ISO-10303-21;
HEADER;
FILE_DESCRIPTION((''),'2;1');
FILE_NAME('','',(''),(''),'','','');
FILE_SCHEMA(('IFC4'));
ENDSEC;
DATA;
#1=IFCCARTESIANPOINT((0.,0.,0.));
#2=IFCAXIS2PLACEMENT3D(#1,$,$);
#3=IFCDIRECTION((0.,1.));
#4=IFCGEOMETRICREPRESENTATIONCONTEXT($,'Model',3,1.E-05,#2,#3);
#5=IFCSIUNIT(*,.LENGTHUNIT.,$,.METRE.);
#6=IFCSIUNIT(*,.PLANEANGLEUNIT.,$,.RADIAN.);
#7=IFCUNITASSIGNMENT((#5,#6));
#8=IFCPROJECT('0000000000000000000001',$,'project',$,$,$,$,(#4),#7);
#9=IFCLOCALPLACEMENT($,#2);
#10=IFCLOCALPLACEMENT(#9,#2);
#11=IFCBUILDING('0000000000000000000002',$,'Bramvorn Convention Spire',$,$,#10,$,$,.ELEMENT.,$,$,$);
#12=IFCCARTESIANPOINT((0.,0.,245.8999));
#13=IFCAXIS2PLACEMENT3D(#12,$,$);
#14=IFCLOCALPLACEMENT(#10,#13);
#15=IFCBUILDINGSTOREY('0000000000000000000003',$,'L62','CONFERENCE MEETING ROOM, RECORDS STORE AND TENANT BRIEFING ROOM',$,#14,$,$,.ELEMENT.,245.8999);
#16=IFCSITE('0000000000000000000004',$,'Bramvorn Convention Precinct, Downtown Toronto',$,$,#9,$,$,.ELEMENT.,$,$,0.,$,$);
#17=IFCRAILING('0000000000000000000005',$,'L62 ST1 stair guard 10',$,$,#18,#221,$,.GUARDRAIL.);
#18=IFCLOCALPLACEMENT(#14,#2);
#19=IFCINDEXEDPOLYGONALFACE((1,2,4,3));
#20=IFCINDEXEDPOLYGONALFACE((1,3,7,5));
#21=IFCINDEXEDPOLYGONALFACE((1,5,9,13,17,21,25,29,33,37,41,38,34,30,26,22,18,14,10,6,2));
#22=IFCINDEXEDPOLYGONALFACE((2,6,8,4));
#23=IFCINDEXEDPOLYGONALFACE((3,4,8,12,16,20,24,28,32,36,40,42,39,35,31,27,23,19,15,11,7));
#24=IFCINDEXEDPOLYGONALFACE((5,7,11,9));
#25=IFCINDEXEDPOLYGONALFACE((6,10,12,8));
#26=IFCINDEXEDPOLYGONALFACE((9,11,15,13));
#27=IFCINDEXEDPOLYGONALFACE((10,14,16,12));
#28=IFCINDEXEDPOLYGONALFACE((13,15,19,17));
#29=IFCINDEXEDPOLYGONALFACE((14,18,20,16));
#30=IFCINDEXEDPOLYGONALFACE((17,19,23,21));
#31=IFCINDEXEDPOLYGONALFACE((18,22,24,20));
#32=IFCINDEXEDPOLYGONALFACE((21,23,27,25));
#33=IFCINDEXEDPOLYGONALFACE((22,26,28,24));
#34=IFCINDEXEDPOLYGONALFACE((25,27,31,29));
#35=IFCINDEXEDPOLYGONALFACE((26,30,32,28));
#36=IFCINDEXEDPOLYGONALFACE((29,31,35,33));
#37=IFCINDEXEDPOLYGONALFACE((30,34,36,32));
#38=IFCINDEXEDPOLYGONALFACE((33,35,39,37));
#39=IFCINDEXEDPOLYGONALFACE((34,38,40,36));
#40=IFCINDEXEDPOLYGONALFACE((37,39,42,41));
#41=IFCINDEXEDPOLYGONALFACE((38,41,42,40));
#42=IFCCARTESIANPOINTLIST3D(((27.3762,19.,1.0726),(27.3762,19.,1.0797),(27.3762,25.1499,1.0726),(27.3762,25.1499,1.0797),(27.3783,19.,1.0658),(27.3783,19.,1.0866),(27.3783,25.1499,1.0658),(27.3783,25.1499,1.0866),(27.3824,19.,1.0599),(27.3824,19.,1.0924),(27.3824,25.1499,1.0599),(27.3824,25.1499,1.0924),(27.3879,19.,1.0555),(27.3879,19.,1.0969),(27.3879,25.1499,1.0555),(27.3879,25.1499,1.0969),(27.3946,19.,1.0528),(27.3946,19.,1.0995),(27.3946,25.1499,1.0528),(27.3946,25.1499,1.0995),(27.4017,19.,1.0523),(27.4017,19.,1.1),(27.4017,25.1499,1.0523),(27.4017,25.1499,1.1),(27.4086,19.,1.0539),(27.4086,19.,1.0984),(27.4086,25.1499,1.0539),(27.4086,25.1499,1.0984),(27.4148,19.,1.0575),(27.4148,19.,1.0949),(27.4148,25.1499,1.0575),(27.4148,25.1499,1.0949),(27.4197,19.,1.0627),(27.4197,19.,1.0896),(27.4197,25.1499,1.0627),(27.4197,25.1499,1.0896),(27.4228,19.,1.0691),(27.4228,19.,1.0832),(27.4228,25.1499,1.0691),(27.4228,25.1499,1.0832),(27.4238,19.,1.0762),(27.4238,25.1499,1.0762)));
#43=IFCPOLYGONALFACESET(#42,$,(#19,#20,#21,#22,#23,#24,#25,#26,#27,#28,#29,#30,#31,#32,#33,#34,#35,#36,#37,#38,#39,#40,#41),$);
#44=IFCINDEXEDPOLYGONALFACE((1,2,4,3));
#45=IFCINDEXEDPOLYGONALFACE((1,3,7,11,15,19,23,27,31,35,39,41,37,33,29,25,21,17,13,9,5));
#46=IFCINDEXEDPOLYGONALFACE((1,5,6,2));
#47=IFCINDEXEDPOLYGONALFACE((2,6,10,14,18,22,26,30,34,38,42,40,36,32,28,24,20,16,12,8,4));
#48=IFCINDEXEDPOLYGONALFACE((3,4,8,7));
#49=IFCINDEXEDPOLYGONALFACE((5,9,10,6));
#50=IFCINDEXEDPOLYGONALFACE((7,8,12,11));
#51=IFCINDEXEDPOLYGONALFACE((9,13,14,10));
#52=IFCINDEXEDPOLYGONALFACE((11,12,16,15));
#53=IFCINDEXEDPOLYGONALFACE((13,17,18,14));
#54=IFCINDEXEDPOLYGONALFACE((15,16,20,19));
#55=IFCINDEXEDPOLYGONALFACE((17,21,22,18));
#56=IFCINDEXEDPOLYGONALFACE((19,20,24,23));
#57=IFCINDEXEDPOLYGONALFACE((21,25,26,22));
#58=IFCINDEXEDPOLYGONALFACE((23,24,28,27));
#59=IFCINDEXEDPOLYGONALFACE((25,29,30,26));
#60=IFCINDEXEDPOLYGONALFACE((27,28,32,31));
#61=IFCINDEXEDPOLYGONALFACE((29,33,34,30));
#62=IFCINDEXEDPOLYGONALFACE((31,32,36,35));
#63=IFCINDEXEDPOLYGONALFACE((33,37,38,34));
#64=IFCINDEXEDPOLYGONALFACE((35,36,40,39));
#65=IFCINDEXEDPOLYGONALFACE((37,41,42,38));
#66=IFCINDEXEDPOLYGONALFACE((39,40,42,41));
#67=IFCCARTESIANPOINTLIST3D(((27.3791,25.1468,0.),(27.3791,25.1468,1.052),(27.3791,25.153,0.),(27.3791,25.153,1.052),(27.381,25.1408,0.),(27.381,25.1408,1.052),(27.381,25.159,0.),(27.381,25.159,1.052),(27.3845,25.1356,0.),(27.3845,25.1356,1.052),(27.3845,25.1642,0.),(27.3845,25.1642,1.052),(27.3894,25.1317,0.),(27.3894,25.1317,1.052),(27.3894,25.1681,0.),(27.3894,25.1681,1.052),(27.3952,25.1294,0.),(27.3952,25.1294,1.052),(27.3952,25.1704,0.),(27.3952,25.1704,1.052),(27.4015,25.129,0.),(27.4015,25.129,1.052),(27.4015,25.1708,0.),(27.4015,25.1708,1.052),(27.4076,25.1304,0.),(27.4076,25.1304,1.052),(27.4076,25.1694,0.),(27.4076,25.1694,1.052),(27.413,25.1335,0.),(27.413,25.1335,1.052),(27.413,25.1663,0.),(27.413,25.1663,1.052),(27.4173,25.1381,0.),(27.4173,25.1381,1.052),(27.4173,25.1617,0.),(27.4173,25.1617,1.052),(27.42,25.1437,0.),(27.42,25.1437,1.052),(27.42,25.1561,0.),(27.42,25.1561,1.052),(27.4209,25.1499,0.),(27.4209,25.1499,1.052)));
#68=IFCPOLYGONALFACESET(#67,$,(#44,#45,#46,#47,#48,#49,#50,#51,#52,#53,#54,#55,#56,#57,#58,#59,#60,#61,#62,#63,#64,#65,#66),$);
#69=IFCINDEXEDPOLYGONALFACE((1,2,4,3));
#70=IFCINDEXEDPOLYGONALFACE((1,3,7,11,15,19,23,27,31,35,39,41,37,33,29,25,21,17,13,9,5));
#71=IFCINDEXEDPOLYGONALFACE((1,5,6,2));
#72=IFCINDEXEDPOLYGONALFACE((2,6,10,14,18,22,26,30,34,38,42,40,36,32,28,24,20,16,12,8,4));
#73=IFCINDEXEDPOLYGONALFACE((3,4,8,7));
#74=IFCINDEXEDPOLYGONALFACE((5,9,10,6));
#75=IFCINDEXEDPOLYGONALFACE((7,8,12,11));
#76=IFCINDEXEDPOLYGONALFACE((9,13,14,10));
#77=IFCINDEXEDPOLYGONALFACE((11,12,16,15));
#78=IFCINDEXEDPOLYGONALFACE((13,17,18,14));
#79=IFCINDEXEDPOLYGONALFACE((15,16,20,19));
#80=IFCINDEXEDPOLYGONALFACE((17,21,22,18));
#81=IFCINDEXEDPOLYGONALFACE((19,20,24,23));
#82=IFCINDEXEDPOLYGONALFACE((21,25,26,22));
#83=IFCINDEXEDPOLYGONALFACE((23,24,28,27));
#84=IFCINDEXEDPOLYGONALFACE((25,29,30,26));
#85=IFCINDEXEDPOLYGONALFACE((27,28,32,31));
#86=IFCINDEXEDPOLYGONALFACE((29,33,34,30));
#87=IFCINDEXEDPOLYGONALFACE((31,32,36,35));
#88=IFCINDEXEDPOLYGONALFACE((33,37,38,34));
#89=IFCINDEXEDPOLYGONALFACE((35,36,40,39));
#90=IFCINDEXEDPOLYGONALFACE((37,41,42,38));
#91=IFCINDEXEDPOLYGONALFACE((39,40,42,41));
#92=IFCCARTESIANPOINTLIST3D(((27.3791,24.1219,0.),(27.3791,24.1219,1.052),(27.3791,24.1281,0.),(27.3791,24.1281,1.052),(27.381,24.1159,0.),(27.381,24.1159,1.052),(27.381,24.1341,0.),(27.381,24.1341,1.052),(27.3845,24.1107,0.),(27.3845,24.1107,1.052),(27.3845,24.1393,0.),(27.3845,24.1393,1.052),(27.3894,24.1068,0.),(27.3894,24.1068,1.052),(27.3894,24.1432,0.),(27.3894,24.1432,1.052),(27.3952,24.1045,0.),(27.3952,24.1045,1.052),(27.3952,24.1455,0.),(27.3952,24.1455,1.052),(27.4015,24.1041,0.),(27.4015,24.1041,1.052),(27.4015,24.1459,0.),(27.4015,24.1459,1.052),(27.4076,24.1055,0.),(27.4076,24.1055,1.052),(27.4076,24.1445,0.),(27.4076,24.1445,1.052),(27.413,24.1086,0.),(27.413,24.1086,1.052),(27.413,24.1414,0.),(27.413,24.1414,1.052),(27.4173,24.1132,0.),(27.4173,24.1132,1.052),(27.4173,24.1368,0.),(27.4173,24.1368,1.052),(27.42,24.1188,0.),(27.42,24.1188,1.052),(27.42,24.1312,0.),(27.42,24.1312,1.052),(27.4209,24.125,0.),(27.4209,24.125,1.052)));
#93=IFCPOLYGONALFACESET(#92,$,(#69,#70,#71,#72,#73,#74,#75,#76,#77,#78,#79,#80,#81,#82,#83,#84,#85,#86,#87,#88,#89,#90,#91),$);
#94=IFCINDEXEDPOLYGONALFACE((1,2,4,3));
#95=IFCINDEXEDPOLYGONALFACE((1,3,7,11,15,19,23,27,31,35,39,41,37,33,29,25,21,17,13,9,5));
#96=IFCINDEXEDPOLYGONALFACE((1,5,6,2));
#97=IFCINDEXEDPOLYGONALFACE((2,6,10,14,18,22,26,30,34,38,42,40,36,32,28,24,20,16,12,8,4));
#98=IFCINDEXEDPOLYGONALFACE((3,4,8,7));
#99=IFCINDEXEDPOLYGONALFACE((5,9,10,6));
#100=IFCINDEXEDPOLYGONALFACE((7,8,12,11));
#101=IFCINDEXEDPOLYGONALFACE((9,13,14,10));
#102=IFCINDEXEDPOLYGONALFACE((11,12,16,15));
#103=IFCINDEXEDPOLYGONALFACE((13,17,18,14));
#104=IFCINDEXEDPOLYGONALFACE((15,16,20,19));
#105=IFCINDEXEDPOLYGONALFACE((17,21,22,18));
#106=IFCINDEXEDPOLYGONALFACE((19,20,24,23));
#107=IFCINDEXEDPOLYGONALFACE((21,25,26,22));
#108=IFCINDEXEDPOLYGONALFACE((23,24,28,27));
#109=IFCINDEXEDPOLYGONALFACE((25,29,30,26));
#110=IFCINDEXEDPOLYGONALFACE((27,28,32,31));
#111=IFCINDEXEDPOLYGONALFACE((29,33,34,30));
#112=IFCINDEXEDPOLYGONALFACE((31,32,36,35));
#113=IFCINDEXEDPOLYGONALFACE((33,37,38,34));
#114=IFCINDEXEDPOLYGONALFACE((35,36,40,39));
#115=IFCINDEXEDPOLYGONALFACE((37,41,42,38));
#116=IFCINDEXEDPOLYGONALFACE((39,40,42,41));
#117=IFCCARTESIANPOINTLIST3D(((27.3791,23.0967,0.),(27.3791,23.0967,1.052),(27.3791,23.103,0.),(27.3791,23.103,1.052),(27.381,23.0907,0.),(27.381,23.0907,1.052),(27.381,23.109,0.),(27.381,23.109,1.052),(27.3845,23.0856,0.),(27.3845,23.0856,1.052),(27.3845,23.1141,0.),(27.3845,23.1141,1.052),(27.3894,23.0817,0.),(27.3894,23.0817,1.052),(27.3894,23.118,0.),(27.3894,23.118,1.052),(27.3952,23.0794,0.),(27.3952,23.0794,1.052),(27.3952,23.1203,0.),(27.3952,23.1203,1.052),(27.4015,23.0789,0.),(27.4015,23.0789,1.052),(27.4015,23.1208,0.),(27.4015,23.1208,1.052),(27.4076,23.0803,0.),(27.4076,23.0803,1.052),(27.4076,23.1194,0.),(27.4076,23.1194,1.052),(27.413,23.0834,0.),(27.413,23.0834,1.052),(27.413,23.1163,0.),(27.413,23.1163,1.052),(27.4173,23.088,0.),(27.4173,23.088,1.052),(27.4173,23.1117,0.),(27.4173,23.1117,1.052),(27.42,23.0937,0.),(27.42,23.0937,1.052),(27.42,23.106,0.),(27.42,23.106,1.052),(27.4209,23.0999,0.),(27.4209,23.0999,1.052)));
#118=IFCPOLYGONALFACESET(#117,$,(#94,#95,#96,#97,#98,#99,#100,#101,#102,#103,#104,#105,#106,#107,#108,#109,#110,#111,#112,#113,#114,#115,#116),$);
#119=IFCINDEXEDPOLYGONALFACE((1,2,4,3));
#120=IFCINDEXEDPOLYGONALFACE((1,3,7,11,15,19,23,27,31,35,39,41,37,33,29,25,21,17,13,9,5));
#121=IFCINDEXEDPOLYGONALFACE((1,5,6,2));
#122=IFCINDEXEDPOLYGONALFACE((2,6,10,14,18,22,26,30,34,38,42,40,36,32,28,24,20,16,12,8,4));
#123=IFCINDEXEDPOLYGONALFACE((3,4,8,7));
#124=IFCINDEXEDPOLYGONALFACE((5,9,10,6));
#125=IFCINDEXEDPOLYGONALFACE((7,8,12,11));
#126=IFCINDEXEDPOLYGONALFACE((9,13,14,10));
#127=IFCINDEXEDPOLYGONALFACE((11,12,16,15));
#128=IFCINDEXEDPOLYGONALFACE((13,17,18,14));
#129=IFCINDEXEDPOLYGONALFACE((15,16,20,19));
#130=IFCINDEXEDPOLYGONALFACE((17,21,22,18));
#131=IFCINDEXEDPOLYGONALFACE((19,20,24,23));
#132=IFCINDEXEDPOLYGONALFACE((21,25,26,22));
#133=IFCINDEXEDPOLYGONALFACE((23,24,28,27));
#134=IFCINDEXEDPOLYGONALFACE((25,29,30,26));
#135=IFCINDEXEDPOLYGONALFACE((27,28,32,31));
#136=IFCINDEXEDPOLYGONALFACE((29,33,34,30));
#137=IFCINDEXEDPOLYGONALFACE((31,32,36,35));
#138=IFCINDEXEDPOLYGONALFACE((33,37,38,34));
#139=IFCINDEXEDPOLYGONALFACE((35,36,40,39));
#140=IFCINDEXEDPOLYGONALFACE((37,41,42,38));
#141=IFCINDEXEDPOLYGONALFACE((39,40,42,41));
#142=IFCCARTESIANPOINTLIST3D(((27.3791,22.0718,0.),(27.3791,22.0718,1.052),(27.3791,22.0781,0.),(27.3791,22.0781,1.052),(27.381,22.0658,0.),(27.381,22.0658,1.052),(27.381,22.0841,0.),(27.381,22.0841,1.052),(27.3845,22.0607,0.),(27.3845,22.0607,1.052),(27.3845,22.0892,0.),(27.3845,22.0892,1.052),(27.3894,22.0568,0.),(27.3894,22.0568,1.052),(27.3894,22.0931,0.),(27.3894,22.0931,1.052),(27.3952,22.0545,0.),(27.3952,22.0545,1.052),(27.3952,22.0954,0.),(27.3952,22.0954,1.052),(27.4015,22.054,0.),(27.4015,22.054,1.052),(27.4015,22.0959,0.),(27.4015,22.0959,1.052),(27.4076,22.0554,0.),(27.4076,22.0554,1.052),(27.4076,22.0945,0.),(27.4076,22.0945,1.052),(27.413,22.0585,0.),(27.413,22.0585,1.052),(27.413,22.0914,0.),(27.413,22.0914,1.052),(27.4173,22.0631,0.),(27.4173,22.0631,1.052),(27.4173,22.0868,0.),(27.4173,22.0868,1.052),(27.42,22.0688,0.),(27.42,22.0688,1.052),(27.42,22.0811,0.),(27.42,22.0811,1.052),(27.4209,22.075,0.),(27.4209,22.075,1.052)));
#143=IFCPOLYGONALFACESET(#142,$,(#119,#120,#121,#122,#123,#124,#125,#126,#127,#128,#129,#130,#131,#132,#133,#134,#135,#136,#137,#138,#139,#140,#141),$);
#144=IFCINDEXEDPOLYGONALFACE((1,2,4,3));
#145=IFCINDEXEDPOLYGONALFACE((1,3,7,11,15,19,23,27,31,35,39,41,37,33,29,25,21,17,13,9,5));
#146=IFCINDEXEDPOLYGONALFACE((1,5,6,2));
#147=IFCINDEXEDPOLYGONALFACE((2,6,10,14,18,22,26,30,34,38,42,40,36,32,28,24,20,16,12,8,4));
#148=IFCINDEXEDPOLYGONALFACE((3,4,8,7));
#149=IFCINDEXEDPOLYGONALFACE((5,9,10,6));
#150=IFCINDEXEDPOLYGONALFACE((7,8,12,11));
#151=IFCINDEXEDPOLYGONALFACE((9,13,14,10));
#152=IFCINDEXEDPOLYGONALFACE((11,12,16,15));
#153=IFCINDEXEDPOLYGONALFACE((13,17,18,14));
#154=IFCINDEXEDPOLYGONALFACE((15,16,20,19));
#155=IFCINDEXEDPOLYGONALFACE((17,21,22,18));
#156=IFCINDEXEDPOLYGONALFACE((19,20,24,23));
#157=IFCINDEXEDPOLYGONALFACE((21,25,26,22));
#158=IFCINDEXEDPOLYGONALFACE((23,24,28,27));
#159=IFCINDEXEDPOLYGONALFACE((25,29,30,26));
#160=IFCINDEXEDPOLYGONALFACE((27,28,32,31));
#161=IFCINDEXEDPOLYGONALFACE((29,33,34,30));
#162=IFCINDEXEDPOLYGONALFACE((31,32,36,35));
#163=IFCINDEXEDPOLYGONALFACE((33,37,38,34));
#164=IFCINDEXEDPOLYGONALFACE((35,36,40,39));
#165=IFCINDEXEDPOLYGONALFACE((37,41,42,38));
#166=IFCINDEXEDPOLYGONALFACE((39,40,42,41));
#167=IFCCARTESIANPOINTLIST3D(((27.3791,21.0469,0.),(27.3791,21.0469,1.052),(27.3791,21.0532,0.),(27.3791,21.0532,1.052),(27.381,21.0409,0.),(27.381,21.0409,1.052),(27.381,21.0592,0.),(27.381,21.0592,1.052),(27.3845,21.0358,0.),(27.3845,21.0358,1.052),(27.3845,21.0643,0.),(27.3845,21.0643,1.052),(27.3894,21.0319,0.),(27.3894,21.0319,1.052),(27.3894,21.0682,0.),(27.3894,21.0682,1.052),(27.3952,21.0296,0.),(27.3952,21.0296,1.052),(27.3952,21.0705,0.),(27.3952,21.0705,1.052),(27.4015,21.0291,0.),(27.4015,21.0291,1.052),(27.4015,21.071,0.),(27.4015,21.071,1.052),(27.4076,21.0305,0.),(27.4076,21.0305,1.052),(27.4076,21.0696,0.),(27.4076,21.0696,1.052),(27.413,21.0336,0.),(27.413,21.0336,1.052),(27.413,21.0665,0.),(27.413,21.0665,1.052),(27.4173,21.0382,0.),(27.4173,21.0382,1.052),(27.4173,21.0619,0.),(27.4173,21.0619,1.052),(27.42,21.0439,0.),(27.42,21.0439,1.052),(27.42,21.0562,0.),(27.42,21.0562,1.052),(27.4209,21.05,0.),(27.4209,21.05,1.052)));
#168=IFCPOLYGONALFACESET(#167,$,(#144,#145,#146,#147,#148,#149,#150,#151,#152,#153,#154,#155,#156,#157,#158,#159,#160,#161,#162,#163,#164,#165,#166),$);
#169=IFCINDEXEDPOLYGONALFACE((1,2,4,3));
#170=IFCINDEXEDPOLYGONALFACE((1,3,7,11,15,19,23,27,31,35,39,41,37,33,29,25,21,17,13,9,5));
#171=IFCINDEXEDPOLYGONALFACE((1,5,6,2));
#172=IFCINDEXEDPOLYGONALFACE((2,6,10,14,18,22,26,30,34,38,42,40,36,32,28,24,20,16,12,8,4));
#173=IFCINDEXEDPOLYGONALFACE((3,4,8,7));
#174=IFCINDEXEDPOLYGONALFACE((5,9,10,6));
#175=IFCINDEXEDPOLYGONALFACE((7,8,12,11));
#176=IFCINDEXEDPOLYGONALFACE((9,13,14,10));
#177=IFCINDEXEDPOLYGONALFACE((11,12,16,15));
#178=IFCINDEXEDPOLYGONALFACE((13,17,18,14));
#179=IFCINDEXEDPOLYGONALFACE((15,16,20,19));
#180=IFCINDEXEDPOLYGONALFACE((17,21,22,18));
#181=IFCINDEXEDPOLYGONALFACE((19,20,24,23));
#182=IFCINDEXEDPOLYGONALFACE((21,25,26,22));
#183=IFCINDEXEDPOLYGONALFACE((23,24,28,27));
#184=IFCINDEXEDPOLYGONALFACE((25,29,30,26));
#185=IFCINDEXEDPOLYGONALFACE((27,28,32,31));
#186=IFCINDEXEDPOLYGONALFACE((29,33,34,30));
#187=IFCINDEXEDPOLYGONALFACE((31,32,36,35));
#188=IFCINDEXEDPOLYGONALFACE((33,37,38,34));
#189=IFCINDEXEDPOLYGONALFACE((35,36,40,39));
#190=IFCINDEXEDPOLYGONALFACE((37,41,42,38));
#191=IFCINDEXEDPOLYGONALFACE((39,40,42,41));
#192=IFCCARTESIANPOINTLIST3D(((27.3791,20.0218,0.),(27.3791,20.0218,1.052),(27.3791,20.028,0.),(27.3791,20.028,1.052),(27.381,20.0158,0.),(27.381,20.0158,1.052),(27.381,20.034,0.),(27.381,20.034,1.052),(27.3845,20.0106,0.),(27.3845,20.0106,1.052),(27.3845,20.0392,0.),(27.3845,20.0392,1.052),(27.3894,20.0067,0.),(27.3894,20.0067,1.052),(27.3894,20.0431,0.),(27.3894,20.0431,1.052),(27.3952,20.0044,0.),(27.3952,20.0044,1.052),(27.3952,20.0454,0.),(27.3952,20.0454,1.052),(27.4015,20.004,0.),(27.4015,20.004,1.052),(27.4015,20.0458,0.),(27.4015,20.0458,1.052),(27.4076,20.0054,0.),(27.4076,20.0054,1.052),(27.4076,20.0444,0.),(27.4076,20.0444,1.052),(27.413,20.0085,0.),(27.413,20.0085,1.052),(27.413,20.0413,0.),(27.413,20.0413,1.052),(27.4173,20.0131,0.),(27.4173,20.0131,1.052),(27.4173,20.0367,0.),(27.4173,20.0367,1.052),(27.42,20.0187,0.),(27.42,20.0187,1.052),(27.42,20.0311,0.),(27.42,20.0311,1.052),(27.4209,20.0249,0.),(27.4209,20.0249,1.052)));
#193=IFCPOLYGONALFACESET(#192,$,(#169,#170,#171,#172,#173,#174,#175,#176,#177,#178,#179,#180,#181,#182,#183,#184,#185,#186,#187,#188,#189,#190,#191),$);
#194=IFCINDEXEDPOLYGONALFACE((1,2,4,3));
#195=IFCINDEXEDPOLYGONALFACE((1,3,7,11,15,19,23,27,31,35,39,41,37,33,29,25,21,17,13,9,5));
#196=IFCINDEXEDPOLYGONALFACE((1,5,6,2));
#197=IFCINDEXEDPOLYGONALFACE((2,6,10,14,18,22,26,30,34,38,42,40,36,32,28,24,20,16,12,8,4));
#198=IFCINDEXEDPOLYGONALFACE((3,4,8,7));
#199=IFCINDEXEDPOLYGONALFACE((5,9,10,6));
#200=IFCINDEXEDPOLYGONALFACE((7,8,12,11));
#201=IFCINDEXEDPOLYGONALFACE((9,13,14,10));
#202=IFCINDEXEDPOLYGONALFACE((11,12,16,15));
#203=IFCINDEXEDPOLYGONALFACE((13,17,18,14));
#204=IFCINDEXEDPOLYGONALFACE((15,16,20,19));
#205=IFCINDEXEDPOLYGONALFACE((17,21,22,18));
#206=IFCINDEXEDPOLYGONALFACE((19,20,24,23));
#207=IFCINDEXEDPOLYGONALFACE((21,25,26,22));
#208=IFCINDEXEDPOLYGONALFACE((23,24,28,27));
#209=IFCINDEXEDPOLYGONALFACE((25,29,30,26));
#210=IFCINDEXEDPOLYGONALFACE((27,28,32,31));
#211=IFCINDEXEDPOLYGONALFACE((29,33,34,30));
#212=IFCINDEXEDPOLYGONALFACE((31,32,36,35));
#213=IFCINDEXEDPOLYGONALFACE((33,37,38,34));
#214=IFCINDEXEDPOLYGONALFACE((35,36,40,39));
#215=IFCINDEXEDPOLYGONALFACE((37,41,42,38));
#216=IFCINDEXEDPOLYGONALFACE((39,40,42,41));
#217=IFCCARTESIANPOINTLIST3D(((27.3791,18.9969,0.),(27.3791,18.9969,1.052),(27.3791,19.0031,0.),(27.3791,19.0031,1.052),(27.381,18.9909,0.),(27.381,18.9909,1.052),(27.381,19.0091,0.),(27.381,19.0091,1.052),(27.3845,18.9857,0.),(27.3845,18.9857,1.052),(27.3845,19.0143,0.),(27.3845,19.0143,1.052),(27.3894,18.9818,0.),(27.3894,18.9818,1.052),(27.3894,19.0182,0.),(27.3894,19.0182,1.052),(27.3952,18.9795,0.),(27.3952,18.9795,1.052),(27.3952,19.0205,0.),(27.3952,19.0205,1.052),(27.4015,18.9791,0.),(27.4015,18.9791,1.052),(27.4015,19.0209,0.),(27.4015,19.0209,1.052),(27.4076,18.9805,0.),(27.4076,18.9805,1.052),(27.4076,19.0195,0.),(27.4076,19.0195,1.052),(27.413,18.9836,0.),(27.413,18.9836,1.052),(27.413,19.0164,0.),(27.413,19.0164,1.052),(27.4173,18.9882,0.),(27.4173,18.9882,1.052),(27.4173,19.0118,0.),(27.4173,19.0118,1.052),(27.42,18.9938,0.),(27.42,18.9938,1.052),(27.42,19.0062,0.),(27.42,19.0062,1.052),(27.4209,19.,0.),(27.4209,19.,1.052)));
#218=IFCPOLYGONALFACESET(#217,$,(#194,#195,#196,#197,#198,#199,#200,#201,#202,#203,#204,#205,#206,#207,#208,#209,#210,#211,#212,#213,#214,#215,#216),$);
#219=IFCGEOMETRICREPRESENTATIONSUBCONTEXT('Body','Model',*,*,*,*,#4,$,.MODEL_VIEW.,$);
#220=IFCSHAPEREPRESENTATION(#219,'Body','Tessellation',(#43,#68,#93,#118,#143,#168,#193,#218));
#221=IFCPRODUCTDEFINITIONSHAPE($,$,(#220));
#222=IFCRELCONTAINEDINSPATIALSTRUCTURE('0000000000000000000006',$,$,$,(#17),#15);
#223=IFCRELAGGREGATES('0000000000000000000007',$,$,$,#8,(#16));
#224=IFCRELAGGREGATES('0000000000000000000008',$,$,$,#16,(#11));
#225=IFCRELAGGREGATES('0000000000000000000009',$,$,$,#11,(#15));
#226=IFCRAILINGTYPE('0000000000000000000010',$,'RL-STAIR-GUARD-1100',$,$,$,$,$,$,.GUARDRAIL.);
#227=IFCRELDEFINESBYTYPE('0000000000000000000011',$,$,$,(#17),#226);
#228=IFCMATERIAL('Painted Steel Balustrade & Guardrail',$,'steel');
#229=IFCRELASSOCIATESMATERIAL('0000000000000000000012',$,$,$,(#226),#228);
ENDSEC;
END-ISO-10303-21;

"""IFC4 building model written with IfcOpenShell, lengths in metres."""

from ifc_helpers import new_model, si_unit, direction, frame, origin, origin_2d, place, context, subcontext, project, spatial, circle, extrude, material, type_object, element, save


model = new_model("IFC4")

# Units and contexts
model_context = context("Model", 3, precision=1e-05, world=origin(), true_north=direction((0.0, 1.0)))
body_context = subcontext(model_context, "Body", "Model", "MODEL_VIEW")
ifc_project = project(units=[si_unit("LENGTHUNIT", "METRE"), si_unit("PLANEANGLEUNIT", "RADIAN")], contexts=[model_context])

# Site, building, storey
site_placement = place(None, origin())
site = spatial("IfcSite", under=ifc_project, at=site_placement, Name="Bramvorn Convention Precinct, Downtown Toronto", CompositionType="ELEMENT", RefElevation=0.0)
building_placement = place(site_placement, origin())
building = spatial("IfcBuilding", under=site, at=building_placement, Name="Bramvorn Convention Spire", CompositionType="ELEMENT")
storey_placement = place(building_placement, frame((0.0, 0.0, 245.8999)))
storey = spatial("IfcBuildingStorey", under=building, at=storey_placement, Name="L62", Description="CONFERENCE MEETING ROOM, RECORDS STORE AND TENANT BRIEFING ROOM", CompositionType="ELEMENT", Elevation=245.8999)

# Railing
ifc_material_1 = material(Name="Painted Steel Balustrade & Guardrail", Category="steel")
railing_type_1 = type_object("IfcRailingType", Name="RL-STAIR-GUARD-1100", PredefinedType="GUARDRAIL", material=ifc_material_1)
railing_1_placement = place(storey_placement, frame((27.3999, 25.1499, 0.0)))
element("IfcRailing", 1, at=railing_1_placement, inside=storey, type_object=railing_type_1, Name="L62 ST1 stair guard 10", PredefinedType="GUARDRAIL", context=body_context, shape_type="SweptSolid", body=[
    extrude(circle(Radius=0.0239, at=origin_2d()), frame((0.0, 0.0, 1.0762), z_axis=(0.0, -1.0, 0.0), x_axis=(1.0, 0.0, 0.0)), (0.0, 0.0, 1.0), 6.1499),
    extrude(circle(Radius=0.021, at=origin_2d()), origin(), (0.0, 0.0, 1.0), 1.052),
    extrude(circle(Radius=0.021, at=origin_2d()), frame((0.0, -1.0249, 0.0)), (0.0, 0.0, 1.0), 1.052),
    extrude(circle(Radius=0.021, at=origin_2d()), frame((0.0, -2.05, 0.0)), (0.0, 0.0, 1.0), 1.052),
    extrude(circle(Radius=0.021, at=origin_2d()), frame((0.0, -3.075, 0.0)), (0.0, 0.0, 1.0), 1.052),
    extrude(circle(Radius=0.021, at=origin_2d()), frame((0.0, -4.0999, 0.0)), (0.0, 0.0, 1.0), 1.052),
    extrude(circle(Radius=0.021, at=origin_2d()), frame((0.0, -5.125, 0.0)), (0.0, 0.0, 1.0), 1.052),
    extrude(circle(Radius=0.021, at=origin_2d()), frame((0.0, -6.1499, 0.0)), (0.0, 0.0, 1.0), 1.052),
])

save(model, "model.ifc")
